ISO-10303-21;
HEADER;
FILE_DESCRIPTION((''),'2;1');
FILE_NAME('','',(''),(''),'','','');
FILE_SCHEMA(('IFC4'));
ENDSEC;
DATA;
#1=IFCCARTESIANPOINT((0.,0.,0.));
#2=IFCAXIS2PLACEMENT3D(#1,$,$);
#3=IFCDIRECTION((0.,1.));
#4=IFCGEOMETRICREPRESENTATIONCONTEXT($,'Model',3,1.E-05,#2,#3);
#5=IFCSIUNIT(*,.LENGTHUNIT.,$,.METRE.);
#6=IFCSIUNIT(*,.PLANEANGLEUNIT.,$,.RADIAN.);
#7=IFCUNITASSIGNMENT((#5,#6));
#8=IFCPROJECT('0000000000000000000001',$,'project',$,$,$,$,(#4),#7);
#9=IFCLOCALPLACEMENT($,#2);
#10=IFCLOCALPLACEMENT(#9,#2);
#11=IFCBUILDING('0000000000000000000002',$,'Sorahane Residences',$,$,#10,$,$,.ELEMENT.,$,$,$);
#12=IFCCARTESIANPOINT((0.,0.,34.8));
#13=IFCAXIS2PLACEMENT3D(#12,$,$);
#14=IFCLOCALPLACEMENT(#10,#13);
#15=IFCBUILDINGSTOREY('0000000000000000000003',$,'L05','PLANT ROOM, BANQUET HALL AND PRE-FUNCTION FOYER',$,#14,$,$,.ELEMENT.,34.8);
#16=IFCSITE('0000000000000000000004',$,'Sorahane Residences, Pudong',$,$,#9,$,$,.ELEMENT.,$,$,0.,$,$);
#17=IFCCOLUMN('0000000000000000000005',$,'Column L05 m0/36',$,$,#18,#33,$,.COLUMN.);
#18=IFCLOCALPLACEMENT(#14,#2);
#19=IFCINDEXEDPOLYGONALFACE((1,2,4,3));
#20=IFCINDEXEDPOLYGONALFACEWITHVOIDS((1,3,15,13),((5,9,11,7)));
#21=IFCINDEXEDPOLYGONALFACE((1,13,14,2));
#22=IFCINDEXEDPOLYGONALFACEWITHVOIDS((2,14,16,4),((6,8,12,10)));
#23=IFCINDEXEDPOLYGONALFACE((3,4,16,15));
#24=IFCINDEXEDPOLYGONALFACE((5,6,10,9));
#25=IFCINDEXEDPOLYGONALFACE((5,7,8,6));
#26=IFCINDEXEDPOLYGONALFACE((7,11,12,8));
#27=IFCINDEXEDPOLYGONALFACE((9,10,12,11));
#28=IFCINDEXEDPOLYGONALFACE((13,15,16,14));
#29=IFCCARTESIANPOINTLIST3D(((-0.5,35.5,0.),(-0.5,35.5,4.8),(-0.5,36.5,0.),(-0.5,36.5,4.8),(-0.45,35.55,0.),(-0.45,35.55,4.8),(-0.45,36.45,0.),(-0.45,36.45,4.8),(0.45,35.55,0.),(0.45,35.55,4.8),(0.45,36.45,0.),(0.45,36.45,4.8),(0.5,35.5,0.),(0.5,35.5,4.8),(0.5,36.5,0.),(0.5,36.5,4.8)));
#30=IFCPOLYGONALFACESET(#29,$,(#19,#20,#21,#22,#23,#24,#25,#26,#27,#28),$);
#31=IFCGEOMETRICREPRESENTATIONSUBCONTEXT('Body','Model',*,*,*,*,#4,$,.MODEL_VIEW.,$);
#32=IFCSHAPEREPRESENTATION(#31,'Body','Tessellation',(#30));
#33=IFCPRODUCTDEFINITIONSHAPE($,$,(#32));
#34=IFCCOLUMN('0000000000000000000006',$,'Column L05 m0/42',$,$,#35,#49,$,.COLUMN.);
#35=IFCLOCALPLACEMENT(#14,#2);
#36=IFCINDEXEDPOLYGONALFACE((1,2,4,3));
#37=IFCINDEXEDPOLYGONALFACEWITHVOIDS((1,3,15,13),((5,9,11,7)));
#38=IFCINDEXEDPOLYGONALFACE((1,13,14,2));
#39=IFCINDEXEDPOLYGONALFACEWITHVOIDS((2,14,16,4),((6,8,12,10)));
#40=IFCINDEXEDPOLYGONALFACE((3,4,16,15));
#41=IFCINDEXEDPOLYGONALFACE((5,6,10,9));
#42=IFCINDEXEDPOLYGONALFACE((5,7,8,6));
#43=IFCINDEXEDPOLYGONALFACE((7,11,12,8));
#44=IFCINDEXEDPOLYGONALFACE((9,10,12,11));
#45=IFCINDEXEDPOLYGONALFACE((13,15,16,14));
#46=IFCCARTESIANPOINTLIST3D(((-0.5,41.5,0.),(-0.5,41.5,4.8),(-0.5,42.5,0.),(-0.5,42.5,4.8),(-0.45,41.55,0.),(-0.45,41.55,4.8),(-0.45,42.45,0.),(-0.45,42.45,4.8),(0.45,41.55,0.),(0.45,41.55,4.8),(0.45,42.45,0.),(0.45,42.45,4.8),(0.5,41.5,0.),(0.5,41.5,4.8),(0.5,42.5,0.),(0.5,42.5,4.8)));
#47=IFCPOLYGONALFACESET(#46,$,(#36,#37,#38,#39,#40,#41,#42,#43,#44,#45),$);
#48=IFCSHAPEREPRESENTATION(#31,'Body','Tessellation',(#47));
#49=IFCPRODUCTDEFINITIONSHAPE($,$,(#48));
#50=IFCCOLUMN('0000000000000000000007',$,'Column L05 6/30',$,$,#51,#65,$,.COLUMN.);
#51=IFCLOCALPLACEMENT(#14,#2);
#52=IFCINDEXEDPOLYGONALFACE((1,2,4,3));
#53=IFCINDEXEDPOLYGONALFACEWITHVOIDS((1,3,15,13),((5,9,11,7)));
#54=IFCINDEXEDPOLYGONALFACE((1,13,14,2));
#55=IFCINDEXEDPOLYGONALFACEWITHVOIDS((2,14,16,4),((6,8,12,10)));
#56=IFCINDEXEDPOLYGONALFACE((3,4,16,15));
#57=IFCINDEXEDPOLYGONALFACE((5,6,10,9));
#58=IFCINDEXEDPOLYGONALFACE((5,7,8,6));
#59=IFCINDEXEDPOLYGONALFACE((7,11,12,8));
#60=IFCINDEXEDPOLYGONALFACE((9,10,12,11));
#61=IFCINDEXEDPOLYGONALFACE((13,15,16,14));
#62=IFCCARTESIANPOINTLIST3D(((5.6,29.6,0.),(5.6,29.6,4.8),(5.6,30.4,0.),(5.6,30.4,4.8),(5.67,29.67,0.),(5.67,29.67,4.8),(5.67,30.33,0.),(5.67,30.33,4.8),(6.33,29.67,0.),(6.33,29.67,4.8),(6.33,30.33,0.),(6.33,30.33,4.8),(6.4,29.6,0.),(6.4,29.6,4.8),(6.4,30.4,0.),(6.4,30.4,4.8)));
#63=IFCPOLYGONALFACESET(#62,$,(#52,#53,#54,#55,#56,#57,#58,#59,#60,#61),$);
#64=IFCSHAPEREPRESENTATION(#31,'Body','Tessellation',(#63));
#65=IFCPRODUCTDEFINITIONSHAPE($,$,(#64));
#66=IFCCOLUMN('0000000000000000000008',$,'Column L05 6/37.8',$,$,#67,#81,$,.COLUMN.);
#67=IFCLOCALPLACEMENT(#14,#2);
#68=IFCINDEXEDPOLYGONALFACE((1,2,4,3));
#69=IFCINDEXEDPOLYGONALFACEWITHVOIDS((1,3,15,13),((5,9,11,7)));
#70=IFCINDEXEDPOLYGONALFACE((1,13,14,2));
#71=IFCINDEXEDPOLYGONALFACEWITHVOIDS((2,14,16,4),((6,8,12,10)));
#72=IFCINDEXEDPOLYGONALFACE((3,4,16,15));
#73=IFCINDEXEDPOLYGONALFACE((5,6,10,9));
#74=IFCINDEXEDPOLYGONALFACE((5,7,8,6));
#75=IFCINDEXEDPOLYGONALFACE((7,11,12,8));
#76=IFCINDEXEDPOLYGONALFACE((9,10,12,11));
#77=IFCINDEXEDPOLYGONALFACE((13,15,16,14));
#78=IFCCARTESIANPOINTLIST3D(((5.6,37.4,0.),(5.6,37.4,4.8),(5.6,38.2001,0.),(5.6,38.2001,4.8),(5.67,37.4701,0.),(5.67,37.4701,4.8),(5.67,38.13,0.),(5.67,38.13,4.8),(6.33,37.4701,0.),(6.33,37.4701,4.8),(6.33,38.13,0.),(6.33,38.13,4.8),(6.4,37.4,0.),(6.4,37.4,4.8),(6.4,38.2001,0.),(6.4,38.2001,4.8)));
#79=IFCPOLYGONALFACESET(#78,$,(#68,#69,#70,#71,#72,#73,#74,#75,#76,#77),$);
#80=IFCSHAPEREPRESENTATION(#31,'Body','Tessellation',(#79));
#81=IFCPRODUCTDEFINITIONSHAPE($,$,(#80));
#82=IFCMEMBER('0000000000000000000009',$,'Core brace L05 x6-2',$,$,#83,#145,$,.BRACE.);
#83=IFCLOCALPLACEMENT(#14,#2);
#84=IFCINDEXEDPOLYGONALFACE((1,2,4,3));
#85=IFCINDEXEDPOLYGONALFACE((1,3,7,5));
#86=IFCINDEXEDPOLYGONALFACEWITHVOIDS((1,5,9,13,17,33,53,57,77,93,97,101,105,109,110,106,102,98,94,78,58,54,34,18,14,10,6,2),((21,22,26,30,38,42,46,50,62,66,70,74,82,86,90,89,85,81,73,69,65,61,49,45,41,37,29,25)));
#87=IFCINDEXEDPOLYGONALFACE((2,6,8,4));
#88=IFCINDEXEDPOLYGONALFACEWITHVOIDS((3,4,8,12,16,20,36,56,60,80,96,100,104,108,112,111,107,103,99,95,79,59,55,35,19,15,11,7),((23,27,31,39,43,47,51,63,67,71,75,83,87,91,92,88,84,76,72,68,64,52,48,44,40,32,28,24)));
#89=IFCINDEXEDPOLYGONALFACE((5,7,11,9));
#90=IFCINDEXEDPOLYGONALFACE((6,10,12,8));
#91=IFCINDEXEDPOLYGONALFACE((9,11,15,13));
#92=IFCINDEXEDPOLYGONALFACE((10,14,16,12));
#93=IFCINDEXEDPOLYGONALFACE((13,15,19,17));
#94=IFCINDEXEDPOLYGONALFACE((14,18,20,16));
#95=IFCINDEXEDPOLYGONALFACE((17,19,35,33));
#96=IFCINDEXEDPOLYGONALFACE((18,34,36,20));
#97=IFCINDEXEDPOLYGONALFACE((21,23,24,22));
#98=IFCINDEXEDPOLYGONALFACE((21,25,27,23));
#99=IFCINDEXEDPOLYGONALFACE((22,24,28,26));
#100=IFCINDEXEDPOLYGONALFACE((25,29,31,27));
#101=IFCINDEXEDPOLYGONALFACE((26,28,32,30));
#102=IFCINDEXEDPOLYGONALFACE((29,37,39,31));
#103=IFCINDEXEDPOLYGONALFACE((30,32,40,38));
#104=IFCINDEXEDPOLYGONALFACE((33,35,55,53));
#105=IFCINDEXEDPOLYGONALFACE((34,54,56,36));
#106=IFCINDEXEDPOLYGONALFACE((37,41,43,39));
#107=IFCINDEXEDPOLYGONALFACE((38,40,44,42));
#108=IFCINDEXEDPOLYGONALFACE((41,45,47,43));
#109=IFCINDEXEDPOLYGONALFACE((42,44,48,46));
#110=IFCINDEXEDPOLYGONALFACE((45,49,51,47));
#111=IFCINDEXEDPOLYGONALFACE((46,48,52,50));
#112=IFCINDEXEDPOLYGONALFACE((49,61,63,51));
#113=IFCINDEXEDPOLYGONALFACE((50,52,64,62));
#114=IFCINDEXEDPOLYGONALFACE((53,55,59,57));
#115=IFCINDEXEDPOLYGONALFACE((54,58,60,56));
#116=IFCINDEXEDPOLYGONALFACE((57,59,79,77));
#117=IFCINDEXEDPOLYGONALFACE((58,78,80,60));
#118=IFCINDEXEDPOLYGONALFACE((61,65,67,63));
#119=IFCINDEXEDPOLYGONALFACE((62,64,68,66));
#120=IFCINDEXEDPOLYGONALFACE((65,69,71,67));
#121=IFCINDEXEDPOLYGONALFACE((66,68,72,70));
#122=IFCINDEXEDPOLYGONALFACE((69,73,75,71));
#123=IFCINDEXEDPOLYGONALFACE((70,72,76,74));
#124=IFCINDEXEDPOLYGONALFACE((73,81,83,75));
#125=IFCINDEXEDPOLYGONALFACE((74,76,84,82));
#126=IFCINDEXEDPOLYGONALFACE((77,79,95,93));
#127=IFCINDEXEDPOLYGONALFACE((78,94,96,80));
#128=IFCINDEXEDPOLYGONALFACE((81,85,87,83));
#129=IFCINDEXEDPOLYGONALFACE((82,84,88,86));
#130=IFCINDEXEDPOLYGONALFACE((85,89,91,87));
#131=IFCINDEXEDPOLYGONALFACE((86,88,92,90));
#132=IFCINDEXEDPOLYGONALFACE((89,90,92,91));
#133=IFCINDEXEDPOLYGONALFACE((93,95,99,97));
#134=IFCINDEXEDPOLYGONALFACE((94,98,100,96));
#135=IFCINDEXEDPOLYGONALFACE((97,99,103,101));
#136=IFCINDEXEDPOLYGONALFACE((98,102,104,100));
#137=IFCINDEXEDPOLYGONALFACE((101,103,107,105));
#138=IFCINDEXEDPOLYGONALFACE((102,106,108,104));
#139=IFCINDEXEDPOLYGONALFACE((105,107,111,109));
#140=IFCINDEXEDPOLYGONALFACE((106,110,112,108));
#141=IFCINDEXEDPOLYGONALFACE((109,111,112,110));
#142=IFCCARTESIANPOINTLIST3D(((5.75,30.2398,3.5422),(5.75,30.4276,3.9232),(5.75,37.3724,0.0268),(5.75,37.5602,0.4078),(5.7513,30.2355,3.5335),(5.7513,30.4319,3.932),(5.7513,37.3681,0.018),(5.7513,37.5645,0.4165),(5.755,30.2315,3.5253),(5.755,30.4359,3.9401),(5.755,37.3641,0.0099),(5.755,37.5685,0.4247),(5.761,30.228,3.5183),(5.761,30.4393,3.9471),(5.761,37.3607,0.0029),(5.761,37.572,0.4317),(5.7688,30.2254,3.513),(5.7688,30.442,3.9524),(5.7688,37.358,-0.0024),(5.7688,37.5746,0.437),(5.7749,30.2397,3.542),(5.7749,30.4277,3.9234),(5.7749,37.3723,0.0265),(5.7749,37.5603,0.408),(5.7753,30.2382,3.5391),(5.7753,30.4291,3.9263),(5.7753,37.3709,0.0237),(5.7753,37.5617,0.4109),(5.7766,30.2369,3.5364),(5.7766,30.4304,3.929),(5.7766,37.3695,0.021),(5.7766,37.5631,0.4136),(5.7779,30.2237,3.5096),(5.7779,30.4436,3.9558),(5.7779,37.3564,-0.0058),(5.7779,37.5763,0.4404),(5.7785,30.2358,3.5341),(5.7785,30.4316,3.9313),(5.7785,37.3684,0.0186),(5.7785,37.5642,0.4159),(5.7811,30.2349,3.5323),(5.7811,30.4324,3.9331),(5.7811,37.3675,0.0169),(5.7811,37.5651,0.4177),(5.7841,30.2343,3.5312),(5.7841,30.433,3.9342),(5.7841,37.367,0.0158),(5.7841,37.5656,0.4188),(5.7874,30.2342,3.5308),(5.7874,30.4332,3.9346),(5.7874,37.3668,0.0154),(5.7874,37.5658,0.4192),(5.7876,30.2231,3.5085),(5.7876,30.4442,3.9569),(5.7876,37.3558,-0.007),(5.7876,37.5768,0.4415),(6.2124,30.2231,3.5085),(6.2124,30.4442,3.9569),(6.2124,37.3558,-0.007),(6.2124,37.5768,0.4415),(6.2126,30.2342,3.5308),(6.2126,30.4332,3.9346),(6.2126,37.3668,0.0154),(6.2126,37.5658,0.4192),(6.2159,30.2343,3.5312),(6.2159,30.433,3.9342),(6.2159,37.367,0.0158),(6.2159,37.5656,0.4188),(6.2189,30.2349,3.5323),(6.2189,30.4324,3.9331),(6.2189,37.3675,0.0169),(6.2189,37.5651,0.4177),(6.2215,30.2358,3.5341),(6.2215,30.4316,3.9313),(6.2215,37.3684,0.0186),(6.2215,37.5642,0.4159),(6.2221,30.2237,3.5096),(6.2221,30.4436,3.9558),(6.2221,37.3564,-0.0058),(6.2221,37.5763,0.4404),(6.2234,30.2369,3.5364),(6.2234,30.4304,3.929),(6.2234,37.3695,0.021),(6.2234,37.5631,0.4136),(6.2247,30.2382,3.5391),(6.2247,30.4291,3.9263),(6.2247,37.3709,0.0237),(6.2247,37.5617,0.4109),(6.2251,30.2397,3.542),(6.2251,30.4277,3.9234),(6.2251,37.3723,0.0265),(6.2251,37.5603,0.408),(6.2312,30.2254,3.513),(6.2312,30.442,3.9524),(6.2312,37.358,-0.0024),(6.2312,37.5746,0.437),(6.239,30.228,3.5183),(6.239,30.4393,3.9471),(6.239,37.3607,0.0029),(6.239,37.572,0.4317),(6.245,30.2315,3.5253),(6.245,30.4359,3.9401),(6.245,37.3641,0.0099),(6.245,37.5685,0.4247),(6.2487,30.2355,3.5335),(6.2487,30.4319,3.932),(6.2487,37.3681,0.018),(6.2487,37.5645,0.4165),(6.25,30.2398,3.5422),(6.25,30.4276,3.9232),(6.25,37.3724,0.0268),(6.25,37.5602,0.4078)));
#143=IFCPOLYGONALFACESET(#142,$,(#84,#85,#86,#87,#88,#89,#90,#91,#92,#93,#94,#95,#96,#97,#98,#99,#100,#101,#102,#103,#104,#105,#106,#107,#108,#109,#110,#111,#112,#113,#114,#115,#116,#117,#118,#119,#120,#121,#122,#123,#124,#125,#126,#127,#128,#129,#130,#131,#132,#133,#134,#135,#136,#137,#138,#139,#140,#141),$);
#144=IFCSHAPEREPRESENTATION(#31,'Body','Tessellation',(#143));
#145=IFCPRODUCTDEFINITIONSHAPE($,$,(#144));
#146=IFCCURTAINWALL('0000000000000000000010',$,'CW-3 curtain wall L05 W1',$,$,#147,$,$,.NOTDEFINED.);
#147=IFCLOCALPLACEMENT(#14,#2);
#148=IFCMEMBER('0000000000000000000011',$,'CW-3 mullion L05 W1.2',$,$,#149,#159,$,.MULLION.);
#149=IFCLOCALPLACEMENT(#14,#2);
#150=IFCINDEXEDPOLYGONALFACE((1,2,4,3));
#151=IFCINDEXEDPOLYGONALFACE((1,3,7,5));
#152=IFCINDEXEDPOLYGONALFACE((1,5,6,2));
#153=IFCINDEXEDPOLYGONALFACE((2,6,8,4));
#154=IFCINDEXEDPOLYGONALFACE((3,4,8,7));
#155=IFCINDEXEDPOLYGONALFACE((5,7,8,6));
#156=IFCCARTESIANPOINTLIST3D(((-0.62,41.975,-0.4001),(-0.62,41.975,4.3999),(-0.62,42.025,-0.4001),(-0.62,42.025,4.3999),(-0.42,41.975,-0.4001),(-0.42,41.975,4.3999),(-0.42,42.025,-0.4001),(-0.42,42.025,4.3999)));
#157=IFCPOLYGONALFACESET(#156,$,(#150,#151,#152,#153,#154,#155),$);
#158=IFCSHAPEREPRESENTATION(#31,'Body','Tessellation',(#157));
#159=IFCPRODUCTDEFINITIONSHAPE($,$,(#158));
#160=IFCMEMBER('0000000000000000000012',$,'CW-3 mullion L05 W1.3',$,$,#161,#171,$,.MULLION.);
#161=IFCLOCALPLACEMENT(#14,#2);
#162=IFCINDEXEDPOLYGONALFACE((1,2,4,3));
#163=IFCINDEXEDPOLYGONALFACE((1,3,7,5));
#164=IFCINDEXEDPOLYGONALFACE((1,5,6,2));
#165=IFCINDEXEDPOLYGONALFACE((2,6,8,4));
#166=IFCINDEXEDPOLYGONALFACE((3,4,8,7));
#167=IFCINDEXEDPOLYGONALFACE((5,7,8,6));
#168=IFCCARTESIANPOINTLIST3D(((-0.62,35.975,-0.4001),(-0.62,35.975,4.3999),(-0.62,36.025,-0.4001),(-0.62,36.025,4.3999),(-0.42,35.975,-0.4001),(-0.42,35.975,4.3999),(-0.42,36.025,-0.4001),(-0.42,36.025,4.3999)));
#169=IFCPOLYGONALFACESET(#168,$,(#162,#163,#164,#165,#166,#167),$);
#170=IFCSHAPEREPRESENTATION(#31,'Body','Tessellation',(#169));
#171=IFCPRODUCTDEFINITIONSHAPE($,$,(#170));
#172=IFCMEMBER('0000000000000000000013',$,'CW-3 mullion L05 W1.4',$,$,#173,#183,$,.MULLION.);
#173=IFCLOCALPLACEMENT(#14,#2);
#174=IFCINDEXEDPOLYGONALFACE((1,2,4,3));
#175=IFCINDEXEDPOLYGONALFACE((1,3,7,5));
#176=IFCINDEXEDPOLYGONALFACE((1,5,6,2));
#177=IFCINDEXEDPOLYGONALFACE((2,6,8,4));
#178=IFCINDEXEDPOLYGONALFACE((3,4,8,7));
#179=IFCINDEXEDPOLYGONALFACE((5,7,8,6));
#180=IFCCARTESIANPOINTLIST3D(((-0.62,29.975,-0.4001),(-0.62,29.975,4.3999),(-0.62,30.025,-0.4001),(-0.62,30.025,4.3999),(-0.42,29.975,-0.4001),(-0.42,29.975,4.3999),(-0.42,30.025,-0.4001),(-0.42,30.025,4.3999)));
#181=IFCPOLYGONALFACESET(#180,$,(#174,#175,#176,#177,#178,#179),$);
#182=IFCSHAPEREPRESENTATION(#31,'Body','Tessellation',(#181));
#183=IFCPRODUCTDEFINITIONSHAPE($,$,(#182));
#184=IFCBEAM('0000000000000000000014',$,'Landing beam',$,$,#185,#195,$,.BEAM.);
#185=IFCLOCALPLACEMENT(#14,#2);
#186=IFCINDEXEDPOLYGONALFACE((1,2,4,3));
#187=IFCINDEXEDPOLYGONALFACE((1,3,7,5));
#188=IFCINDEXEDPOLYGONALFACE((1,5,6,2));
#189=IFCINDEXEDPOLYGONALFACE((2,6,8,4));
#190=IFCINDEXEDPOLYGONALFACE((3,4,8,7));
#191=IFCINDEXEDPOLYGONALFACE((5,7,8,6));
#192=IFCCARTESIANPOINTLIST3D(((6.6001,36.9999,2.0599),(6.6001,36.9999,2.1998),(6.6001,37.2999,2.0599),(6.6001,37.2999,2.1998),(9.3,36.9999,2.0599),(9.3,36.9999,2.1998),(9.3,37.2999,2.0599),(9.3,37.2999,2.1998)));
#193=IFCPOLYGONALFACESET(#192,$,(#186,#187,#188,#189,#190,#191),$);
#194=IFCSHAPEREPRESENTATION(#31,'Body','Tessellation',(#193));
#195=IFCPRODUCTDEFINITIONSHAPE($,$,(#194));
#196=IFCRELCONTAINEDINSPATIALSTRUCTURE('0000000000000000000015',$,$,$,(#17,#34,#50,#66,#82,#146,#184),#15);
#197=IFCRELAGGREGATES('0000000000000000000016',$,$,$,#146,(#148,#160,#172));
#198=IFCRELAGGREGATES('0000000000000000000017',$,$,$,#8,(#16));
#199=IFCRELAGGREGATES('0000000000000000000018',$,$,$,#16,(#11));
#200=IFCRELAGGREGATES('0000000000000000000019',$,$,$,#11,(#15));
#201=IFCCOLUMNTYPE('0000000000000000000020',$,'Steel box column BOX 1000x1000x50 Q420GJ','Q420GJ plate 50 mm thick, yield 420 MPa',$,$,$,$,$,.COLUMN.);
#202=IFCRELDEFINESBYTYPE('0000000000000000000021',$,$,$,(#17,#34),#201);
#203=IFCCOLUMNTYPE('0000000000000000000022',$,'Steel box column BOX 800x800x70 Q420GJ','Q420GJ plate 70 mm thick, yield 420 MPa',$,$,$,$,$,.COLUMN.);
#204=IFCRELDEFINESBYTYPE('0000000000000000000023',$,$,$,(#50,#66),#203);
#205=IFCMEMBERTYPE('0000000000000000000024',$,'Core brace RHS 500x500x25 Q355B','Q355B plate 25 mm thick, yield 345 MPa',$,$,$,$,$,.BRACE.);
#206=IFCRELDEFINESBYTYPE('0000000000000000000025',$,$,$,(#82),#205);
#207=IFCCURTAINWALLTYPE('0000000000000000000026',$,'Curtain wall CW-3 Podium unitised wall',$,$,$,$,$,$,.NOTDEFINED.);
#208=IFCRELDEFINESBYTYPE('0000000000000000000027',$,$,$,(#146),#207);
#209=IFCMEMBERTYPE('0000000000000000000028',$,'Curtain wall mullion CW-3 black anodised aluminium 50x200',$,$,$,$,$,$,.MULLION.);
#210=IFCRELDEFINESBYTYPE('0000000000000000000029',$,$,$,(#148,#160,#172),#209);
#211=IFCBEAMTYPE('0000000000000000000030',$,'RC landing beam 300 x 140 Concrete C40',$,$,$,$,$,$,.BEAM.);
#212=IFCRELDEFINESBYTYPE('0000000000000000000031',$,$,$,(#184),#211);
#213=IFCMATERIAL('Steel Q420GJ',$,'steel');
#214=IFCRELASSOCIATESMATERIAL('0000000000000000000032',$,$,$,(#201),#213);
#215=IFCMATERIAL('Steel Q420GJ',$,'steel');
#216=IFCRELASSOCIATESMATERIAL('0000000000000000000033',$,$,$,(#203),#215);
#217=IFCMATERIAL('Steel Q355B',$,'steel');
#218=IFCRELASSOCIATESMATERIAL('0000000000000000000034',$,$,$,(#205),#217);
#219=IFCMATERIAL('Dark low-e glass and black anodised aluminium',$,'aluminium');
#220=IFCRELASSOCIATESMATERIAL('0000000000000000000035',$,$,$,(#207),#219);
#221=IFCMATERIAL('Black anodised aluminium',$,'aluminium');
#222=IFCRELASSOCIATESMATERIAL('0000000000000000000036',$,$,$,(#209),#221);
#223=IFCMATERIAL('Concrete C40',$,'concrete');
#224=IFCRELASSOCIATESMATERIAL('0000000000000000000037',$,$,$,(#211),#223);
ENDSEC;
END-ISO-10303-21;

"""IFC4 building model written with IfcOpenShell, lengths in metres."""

from ifc_helpers import new_model, si_unit, direction, frame, origin, origin_2d, place, context, subcontext, project, spatial, rectangle, hollow_rectangle, extrude, material, material_profile, profile_set, type_object, element, aggregate, save


model = new_model("IFC4")

# Units and contexts
model_context = context("Model", 3, precision=1e-05, world=origin(), true_north=direction((0.0, 1.0)))
body_context = subcontext(model_context, "Body", "Model", "MODEL_VIEW")
ifc_project = project(units=[si_unit("LENGTHUNIT", "METRE"), si_unit("PLANEANGLEUNIT", "RADIAN")], contexts=[model_context])

# Site, building, storey
site_placement = place(None, origin())
site = spatial("IfcSite", under=ifc_project, at=site_placement, Name="Sorahane Residences, Pudong", CompositionType="ELEMENT", RefElevation=0.0)
building_placement = place(site_placement, origin())
building = spatial("IfcBuilding", under=site, at=building_placement, Name="Sorahane Residences", CompositionType="ELEMENT")
storey_placement = place(building_placement, frame((0.0, 0.0, 34.8)))
storey = spatial("IfcBuildingStorey", under=building, at=storey_placement, Name="L05", Description="PLANT ROOM, BANQUET HALL AND PRE-FUNCTION FOYER", CompositionType="ELEMENT", Elevation=34.8)

# Columns
ifc_material_1 = material(Name="Steel Q420GJ", Category="steel")
ifc_material_profile_1 = material_profile(ifc_material_1, hollow_rectangle(XDim=1.0, YDim=1.0, WallThickness=0.05, at=origin_2d()), Name="BOX 1000x1000x50")
ifc_profile_set_1 = profile_set([ifc_material_profile_1], Name="Steel Q420GJ")
column_type_1 = type_object("IfcColumnType", Name="Steel box column BOX 1000x1000x50 Q420GJ", Description="Q420GJ plate 50 mm thick, yield 420 MPa", PredefinedType="COLUMN", material=ifc_profile_set_1)
for number, where, z_axis, x_axis, name in (
    (1, (0.0, 36.0, 0.0), (0.0, 0.0, 1.0), (1.0, 0.0, 0.0), "Column L05 m0/36"),
    (2, (0.0, 42.0, 0.0), (0.0, 0.0, 1.0), (1.0, 0.0, 0.0), "Column L05 m0/42"),
):
    element("IfcColumn", number, at=place(storey_placement, frame(where, z_axis=z_axis, x_axis=x_axis)), inside=storey, type_object=column_type_1, Name=name, PredefinedType="COLUMN", context=body_context, shape_type="SweptSolid", body=[
        extrude(hollow_rectangle(XDim=1.0, YDim=1.0, WallThickness=0.05, at=origin_2d()), origin(), (0.0, 0.0, 1.0), 4.8),
    ])
ifc_material_2 = material(Name="Steel Q420GJ", Category="steel")
ifc_material_profile_2 = material_profile(ifc_material_2, hollow_rectangle(XDim=0.8, YDim=0.8, WallThickness=0.0701, at=origin_2d()), Name="BOX 800x800x70")
ifc_profile_set_2 = profile_set([ifc_material_profile_2], Name="Steel Q420GJ")
column_type_2 = type_object("IfcColumnType", Name="Steel box column BOX 800x800x70 Q420GJ", Description="Q420GJ plate 70 mm thick, yield 420 MPa", PredefinedType="COLUMN", material=ifc_profile_set_2)
for number, where, z_axis, x_axis, name in (
    (3, (6.0, 30.0, 0.0), (0.0, 0.0, 1.0), (1.0, 0.0, 0.0), "Column L05 6/30"),
    (4, (6.0, 37.8, 0.0), (0.0, 0.0, 1.0), (1.0, 0.0, 0.0), "Column L05 6/37.8"),
):
    element("IfcColumn", number, at=place(storey_placement, frame(where, z_axis=z_axis, x_axis=x_axis)), inside=storey, type_object=column_type_2, Name=name, PredefinedType="COLUMN", context=body_context, shape_type="SweptSolid", body=[
        extrude(hollow_rectangle(XDim=0.8, YDim=0.8, WallThickness=0.0701, at=origin_2d()), origin(), (0.0, 0.0, 1.0), 4.8),
    ])

# Member
ifc_material_3 = material(Name="Steel Q355B", Category="steel")
ifc_material_profile_3 = material_profile(ifc_material_3, hollow_rectangle(XDim=0.5, YDim=0.5, WallThickness=0.0249, InnerFilletRadius=0.0125, OuterFilletRadius=0.0376, at=origin_2d()), Name="RHS 500x500x25")
ifc_profile_set_3 = profile_set([ifc_material_profile_3], Name="Steel Q355B")
member_type_1 = type_object("IfcMemberType", Name="Core brace RHS 500x500x25 Q355B", Description="Q355B plate 25 mm thick, yield 345 MPa", PredefinedType="BRACE", material=ifc_profile_set_3)
member_1_placement = place(storey_placement, frame((6.0, 37.4663, 0.2173), z_axis=(0.0, -0.896973, 0.442085), x_axis=(1.0, 0.0, 0.0)))
element("IfcMember", 5, at=member_1_placement, inside=storey, type_object=member_type_1, Name="Core brace L05 x6-2", PredefinedType="BRACE", context=body_context, shape_type="SweptSolid", body=[
    extrude(hollow_rectangle(XDim=0.5, YDim=0.5, WallThickness=0.0249, InnerFilletRadius=0.0125, OuterFilletRadius=0.0376, at=origin_2d()), origin(), (0.0, 0.0, 1.0), 7.9519),
])

# Curtain wall, members
ifc_material_4 = material(Name="Dark low-e glass and black anodised aluminium", Category="aluminium")
curtain_wall_type = type_object("IfcCurtainWallType", Name="Curtain wall CW-3 Podium unitised wall", PredefinedType="NOTDEFINED", material=ifc_material_4)
curtain_wall_placement = place(storey_placement, origin())
curtain_wall = element("IfcCurtainWall", 6, at=curtain_wall_placement, inside=storey, type_object=curtain_wall_type, Name="CW-3 curtain wall L05 W1", PredefinedType="NOTDEFINED")
ifc_material_5 = material(Name="Black anodised aluminium", Category="aluminium")
ifc_material_profile_4 = material_profile(ifc_material_5, rectangle(XDim=0.2, YDim=0.05, at=origin_2d()), Name="Curtain wall mullion CW-3 black anodised aluminium 50x200")
ifc_profile_set_4 = profile_set([ifc_material_profile_4], Name="Black anodised aluminium")
member_type_2 = type_object("IfcMemberType", Name="Curtain wall mullion CW-3 black anodised aluminium 50x200", PredefinedType="MULLION", material=ifc_profile_set_4)
member_2_placement = place(storey_placement, frame((-0.52, 42.0, -0.4001), z_axis=(0.0, 0.0, 1.0), x_axis=(-1.0, 0.0, 0.0)))
member_2 = element("IfcMember", 7, at=member_2_placement, type_object=member_type_2, Name="CW-3 mullion L05 W1.2", PredefinedType="MULLION", context=body_context, shape_type="SweptSolid", body=[
    extrude(rectangle(XDim=0.2, YDim=0.05, at=origin_2d()), origin(), (0.0, 0.0, 1.0), 4.8),
])
member_3_placement = place(storey_placement, frame((-0.52, 36.0, -0.4001), z_axis=(0.0, 0.0, 1.0), x_axis=(-1.0, 0.0, 0.0)))
member_3 = element("IfcMember", 8, at=member_3_placement, type_object=member_type_2, Name="CW-3 mullion L05 W1.3", PredefinedType="MULLION", context=body_context, shape_type="SweptSolid", body=[
    extrude(rectangle(XDim=0.2, YDim=0.05, at=origin_2d()), origin(), (0.0, 0.0, 1.0), 4.8),
])
member_4_placement = place(storey_placement, frame((-0.52, 30.0, -0.4001), z_axis=(0.0, 0.0, 1.0), x_axis=(-1.0, 0.0, 0.0)))
member_4 = element("IfcMember", 9, at=member_4_placement, type_object=member_type_2, Name="CW-3 mullion L05 W1.4", PredefinedType="MULLION", context=body_context, shape_type="SweptSolid", body=[
    extrude(rectangle(XDim=0.2, YDim=0.05, at=origin_2d()), origin(), (0.0, 0.0, 1.0), 4.8),
])

# Beam
ifc_material_6 = material(Name="Concrete C40", Category="concrete")
ifc_material_profile_5 = material_profile(ifc_material_6, rectangle(XDim=0.3, YDim=0.1399, at=origin_2d()), Name="300x140")
ifc_profile_set_5 = profile_set([ifc_material_profile_5], Name="Concrete C40")
beam_type_1 = type_object("IfcBeamType", Name="RC landing beam 300 x 140 Concrete C40", PredefinedType="BEAM", material=ifc_profile_set_5)
for number, where, z_axis, x_axis, name in (
    (10, (6.6001, 37.1499, 2.1299), (1.0, 0.0, 0.0), (0.0, 1.0, 0.0), "Landing beam"),
):
    element("IfcBeam", number, at=place(storey_placement, frame(where, z_axis=z_axis, x_axis=x_axis)), inside=storey, type_object=beam_type_1, Name=name, PredefinedType="BEAM", context=body_context, shape_type="SweptSolid", body=[
        extrude(rectangle(XDim=0.3, YDim=0.1399, at=origin_2d()), origin(), (0.0, 0.0, 1.0), 2.7),
    ])

aggregate(curtain_wall, [member_2, member_3, member_4])

save(model, "model.ifc")
